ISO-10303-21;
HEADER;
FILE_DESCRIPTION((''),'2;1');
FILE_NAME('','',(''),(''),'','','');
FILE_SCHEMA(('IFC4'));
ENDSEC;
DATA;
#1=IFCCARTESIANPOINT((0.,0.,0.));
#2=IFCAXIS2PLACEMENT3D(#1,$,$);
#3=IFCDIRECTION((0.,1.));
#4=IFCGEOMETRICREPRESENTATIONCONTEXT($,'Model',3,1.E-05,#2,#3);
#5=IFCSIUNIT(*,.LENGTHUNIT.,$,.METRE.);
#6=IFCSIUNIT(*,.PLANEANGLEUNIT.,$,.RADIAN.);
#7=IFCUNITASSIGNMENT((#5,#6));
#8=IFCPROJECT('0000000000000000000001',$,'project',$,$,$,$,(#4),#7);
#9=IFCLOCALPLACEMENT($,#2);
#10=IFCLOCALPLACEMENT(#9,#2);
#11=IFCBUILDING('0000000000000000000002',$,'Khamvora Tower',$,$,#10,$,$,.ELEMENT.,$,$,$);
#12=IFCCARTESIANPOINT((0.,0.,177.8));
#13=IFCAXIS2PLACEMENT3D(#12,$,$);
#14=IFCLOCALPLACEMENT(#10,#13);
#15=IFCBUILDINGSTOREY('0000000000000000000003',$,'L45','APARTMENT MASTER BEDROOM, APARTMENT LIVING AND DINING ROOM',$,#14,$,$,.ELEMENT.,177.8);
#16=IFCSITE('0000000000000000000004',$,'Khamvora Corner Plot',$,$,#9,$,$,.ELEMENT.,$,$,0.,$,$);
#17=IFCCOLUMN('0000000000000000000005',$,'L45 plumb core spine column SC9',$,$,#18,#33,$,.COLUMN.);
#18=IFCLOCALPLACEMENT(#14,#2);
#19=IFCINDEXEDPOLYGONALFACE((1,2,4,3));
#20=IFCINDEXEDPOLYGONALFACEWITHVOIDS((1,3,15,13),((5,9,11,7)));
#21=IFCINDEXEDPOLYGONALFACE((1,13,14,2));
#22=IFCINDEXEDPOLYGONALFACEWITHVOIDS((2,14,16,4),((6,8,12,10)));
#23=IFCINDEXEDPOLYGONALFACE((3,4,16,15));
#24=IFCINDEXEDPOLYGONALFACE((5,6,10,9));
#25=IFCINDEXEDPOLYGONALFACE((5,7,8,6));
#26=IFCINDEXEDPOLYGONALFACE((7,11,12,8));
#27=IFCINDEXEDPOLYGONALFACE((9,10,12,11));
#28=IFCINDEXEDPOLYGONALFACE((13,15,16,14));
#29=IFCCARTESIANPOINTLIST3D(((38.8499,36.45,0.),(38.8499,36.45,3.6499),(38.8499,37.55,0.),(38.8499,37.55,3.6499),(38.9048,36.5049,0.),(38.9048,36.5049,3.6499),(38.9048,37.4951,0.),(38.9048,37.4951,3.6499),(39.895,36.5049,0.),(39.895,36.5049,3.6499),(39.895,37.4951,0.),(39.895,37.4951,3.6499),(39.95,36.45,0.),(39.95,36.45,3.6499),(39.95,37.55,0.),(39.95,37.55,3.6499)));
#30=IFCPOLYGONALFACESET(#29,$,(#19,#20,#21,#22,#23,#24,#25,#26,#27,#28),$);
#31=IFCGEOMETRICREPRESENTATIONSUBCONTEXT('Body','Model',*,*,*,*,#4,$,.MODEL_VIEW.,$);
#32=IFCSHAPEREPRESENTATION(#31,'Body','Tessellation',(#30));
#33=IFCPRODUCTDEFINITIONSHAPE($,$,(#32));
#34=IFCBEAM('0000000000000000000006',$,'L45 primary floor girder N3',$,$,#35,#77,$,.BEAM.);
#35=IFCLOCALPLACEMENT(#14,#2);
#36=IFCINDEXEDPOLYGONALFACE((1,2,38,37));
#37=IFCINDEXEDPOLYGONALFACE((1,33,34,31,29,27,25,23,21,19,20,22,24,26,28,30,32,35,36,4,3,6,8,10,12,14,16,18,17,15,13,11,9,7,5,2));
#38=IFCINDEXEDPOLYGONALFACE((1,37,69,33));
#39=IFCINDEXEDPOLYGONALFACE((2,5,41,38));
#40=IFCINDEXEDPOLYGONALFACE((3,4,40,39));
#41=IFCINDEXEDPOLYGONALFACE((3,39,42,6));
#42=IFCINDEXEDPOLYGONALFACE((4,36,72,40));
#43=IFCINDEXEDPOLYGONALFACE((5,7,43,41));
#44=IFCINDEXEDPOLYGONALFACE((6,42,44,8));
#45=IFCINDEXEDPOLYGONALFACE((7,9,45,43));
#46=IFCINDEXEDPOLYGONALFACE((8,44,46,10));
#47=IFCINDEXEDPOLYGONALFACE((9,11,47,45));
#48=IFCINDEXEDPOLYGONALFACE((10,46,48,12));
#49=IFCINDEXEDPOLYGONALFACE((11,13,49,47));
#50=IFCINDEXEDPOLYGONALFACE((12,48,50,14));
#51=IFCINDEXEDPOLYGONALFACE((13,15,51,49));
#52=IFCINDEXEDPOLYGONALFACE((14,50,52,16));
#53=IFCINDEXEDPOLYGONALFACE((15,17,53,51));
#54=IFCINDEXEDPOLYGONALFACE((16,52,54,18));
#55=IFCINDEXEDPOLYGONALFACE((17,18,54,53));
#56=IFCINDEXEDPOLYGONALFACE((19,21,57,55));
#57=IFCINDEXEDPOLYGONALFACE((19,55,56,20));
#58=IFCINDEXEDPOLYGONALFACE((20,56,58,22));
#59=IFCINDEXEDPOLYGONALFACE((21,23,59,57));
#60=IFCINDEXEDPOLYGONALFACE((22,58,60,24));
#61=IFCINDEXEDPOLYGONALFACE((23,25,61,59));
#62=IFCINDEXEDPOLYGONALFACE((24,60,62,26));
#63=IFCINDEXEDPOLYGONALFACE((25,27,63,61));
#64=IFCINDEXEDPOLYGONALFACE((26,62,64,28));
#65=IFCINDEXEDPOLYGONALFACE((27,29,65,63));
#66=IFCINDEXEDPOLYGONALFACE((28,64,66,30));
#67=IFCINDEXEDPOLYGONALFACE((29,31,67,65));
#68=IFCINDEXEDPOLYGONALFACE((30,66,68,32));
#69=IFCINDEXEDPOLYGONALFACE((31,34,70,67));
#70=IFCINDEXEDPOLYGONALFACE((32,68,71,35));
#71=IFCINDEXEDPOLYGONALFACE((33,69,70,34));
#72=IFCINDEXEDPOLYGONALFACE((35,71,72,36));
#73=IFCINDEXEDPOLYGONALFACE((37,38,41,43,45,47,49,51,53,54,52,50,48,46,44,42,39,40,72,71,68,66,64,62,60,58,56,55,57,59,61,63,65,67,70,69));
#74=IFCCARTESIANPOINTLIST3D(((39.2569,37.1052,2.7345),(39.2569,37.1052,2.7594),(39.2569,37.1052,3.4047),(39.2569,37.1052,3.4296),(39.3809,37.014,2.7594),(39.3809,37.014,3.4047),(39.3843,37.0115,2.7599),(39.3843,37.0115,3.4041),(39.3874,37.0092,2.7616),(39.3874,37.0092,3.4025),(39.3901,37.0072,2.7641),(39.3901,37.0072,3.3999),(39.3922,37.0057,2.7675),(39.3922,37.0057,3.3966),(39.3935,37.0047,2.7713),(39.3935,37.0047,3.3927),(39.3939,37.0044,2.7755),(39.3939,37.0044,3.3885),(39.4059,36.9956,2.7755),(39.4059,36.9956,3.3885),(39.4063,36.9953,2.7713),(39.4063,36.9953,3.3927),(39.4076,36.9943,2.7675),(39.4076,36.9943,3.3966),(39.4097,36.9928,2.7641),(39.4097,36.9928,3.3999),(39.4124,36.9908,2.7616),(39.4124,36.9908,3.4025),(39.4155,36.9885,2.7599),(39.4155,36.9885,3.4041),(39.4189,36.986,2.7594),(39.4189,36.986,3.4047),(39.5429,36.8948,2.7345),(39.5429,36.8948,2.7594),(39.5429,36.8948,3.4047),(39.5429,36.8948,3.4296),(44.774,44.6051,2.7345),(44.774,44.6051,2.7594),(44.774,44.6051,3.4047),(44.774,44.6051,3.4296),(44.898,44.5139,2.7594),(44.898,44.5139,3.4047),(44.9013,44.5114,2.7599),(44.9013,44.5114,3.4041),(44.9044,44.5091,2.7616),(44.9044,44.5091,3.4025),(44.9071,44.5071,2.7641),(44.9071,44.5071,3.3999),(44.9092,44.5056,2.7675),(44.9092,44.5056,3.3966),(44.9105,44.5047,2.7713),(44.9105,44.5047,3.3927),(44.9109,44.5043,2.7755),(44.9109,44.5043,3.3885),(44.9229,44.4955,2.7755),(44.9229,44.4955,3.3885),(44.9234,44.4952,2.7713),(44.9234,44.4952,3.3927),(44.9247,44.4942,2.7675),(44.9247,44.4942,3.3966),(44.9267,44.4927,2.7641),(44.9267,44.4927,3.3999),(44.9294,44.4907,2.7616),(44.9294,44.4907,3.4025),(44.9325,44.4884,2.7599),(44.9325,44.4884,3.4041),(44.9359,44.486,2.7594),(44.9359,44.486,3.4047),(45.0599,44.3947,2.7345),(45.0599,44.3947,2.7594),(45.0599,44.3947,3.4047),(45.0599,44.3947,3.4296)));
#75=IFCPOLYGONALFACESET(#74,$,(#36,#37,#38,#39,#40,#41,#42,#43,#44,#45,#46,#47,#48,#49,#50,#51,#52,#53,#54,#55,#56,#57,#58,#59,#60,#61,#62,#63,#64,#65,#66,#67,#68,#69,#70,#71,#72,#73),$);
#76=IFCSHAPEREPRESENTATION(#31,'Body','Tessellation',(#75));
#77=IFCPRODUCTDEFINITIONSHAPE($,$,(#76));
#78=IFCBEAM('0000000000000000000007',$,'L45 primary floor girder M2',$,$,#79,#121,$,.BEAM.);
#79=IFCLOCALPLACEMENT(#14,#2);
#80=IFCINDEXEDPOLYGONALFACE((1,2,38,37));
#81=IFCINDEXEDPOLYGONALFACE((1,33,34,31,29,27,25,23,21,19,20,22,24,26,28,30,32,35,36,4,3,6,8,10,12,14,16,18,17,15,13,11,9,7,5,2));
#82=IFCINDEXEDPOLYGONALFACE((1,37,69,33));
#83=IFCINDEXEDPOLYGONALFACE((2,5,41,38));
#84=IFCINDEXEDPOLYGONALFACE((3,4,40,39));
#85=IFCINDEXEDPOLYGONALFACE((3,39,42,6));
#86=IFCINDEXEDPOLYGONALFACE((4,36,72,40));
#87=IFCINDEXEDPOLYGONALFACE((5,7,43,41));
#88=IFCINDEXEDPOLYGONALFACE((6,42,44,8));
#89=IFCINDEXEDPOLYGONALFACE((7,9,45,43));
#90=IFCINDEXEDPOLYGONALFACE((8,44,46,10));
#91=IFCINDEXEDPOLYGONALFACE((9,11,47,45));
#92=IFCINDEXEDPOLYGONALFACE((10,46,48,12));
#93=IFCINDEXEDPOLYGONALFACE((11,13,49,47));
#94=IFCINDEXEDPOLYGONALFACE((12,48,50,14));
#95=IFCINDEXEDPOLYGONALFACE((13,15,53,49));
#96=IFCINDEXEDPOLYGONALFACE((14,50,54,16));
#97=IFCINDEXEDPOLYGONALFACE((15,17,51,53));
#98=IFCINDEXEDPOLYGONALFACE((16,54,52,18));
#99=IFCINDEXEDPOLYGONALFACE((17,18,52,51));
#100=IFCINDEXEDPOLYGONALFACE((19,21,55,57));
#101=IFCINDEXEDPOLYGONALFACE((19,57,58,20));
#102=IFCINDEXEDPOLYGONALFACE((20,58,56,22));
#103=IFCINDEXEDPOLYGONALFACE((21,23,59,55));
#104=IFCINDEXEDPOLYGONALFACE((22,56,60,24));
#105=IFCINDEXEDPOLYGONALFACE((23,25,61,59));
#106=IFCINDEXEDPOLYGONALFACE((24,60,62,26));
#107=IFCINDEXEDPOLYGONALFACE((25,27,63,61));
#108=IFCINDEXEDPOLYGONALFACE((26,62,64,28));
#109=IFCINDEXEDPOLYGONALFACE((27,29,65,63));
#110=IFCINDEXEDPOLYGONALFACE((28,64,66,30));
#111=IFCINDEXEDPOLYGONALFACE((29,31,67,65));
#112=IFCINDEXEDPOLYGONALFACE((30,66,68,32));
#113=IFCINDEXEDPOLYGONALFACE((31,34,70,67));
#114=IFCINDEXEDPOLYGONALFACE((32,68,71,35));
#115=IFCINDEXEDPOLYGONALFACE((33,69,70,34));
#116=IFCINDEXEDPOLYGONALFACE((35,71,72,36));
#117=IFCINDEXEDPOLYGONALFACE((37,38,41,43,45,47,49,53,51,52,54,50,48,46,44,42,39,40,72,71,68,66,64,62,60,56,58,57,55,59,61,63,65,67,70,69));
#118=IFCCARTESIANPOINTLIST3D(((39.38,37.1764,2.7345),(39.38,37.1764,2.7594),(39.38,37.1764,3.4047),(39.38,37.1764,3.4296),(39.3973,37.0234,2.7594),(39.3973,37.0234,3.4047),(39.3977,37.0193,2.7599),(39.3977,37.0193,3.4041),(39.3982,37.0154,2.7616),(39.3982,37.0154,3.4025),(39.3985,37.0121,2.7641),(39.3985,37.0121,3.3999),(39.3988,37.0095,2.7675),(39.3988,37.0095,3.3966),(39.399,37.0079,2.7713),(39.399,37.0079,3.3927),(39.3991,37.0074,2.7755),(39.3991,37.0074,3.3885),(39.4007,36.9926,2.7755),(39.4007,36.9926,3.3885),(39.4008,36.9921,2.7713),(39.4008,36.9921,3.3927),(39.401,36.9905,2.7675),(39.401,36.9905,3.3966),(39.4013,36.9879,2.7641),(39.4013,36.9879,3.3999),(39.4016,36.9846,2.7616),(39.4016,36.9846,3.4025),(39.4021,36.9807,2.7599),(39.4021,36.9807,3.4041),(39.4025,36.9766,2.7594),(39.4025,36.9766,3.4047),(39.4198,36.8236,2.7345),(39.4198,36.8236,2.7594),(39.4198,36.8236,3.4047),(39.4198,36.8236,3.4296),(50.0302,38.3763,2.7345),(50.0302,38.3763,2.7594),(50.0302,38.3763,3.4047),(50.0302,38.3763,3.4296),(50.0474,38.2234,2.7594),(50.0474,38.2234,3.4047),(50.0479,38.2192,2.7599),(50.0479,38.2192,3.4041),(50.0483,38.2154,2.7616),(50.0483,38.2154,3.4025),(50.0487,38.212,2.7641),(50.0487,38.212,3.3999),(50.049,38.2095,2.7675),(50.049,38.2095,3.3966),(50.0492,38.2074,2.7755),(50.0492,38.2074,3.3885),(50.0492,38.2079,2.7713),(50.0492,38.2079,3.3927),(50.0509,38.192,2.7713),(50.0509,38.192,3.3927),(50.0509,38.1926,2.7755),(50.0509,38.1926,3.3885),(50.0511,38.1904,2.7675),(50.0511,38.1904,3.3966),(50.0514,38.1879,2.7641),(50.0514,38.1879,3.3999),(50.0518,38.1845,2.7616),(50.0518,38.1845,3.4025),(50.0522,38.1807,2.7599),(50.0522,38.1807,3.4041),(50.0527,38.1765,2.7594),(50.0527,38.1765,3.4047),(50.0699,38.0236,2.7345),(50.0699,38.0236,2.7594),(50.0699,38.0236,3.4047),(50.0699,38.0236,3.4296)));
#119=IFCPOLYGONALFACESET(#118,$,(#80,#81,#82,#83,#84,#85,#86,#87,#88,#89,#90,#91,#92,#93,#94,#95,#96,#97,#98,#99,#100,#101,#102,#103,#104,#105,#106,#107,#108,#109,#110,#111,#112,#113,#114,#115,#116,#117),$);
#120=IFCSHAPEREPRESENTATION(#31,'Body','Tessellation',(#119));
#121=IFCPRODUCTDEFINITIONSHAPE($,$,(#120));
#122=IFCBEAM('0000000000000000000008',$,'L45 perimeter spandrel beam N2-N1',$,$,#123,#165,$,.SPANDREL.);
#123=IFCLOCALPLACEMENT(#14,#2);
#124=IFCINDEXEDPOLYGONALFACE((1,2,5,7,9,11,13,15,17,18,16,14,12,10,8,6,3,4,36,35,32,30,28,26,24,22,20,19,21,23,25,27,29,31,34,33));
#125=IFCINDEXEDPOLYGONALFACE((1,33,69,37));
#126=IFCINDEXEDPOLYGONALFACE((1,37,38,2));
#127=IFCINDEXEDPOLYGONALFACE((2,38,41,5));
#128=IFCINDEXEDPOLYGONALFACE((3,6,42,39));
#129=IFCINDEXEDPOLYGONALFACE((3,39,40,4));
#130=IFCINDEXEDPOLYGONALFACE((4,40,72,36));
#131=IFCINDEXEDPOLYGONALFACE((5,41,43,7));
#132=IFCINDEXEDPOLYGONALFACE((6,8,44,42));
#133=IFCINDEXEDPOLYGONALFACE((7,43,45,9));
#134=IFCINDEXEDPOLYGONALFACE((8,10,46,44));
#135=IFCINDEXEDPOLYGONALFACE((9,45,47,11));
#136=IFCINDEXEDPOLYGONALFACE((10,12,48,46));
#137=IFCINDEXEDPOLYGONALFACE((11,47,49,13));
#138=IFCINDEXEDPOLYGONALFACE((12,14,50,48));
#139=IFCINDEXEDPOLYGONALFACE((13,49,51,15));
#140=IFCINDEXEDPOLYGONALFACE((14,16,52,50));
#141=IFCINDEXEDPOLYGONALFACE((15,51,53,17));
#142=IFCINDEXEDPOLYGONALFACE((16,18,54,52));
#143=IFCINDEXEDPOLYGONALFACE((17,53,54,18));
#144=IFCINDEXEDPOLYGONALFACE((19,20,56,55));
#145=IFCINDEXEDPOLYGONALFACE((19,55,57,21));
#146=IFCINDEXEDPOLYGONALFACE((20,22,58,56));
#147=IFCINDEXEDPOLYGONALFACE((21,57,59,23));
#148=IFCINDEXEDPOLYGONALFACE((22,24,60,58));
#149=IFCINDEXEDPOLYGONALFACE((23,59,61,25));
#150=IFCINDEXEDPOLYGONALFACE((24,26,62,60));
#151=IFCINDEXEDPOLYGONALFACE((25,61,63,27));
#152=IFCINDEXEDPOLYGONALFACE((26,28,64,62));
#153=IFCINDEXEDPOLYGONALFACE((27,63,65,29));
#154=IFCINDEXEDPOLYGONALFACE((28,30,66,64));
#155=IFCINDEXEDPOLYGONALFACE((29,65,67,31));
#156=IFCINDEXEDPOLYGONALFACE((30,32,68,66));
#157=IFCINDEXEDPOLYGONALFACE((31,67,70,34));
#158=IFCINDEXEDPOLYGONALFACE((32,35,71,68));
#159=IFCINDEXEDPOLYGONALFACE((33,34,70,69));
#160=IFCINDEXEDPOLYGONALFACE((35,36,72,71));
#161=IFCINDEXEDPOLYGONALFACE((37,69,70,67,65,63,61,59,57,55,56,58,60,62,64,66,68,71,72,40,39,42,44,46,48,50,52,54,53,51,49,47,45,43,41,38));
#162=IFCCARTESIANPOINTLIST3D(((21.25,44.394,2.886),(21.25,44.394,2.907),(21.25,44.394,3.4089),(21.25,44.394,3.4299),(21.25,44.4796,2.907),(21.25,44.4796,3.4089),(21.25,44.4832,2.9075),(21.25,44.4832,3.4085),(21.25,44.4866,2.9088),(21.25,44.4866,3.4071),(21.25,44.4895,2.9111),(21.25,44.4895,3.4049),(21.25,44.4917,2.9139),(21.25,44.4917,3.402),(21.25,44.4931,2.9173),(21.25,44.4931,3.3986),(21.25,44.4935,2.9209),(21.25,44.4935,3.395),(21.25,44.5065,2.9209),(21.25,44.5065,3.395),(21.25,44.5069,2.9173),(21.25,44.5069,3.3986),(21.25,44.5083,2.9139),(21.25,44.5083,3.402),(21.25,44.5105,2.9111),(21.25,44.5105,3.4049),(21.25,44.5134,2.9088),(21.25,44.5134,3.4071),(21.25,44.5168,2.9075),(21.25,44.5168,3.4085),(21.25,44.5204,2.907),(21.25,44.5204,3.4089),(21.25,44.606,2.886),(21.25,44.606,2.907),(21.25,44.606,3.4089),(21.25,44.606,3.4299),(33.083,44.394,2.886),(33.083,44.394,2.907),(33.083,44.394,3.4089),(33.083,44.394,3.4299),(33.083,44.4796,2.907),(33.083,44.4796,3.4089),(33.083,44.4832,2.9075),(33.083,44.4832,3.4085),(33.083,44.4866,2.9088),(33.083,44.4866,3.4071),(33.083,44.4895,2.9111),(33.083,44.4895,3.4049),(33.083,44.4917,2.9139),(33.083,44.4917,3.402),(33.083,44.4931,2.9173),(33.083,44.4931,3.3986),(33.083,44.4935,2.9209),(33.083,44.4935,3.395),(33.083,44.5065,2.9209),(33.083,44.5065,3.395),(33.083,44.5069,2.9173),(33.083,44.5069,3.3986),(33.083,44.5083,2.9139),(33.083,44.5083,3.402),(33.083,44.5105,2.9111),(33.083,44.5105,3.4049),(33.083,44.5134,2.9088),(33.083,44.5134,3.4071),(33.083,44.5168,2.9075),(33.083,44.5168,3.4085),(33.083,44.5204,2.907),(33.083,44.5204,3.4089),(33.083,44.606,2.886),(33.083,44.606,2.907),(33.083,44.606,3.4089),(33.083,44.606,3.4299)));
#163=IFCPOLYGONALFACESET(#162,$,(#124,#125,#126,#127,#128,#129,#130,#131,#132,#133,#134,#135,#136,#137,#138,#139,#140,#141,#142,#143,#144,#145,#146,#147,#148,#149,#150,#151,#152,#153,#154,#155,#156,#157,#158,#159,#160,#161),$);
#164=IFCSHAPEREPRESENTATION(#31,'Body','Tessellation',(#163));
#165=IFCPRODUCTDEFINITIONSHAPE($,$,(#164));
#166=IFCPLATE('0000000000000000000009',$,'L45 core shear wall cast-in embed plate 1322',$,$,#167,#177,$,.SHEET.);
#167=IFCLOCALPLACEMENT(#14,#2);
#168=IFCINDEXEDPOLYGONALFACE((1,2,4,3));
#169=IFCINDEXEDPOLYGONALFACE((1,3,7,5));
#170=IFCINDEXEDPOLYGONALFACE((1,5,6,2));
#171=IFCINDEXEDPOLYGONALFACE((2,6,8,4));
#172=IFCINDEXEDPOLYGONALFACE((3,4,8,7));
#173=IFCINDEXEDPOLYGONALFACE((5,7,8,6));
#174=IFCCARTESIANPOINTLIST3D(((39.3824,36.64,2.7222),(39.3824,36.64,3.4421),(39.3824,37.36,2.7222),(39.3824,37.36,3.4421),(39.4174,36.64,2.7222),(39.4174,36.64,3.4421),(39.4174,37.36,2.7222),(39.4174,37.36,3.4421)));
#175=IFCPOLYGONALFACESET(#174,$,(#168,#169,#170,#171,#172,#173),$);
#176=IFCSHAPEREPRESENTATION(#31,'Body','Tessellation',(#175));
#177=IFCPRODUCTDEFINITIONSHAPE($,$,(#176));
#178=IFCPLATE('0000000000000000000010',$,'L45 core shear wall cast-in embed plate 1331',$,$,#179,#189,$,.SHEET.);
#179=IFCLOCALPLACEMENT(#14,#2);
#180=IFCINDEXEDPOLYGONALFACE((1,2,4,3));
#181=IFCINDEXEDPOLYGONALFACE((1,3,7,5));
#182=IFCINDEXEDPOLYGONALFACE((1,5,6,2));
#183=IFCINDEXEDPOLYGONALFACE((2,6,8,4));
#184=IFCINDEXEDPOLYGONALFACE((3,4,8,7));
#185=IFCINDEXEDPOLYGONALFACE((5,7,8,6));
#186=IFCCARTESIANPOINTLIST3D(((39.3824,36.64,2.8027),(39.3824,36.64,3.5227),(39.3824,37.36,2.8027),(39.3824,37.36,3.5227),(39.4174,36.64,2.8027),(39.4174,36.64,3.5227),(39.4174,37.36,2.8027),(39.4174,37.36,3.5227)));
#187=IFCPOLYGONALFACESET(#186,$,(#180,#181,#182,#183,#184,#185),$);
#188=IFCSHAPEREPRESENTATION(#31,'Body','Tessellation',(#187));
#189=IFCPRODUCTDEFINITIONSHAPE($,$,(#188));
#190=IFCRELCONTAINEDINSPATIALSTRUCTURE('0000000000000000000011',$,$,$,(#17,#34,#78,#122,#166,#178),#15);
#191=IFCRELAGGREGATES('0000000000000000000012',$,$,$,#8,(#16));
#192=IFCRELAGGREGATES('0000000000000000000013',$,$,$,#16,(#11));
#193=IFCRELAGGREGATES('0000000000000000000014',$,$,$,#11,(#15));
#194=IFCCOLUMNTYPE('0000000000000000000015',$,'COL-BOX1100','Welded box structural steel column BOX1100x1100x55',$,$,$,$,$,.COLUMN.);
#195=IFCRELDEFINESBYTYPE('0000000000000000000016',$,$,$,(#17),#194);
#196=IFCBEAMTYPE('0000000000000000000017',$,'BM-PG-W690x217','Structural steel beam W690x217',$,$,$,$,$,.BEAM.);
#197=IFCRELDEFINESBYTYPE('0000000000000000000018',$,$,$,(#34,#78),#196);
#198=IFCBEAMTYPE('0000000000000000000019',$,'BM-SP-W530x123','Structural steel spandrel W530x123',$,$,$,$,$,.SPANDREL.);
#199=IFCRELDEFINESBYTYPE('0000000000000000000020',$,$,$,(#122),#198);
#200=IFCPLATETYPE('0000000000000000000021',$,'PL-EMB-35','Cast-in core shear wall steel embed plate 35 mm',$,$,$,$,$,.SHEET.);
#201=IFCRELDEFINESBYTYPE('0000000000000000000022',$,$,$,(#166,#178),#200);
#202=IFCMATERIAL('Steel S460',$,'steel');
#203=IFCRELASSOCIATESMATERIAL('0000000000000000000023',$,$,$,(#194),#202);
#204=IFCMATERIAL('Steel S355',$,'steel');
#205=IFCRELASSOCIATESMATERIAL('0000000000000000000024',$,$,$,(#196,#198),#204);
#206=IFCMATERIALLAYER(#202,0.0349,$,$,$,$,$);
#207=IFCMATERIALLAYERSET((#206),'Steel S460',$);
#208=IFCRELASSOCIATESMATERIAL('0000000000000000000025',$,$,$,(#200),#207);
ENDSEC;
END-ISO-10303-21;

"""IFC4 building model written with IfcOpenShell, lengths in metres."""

from ifc_helpers import new_model, si_unit, direction, frame, origin, origin_2d, place, context, subcontext, project, spatial, rectangle, hollow_rectangle, i_section, extrude, material, layer, layer_set, material_profile, profile_set, type_object, element, save


model = new_model("IFC4")

# Units and contexts
model_context = context("Model", 3, precision=1e-05, world=origin(), true_north=direction((0.0, 1.0)))
body_context = subcontext(model_context, "Body", "Model", "MODEL_VIEW")
ifc_project = project(units=[si_unit("LENGTHUNIT", "METRE"), si_unit("PLANEANGLEUNIT", "RADIAN")], contexts=[model_context])

# Site, building, storey
site_placement = place(None, origin())
site = spatial("IfcSite", under=ifc_project, at=site_placement, Name="Khamvora Corner Plot", CompositionType="ELEMENT", RefElevation=0.0)
building_placement = place(site_placement, origin())
building = spatial("IfcBuilding", under=site, at=building_placement, Name="Khamvora Tower", CompositionType="ELEMENT")
storey_placement = place(building_placement, frame((0.0, 0.0, 177.8)))
storey = spatial("IfcBuildingStorey", under=building, at=storey_placement, Name="L45", Description="APARTMENT MASTER BEDROOM, APARTMENT LIVING AND DINING ROOM", CompositionType="ELEMENT", Elevation=177.8)

# Column
ifc_material_1 = material(Name="Steel S460", Category="steel")
ifc_material_profile_1 = material_profile(ifc_material_1, hollow_rectangle(XDim=1.1001, YDim=1.1001, WallThickness=0.0549, at=origin_2d()), Name="BOX1100x1100x55")
ifc_profile_set_1 = profile_set([ifc_material_profile_1], Name="Steel S460")
column_type = type_object("IfcColumnType", Name="COL-BOX1100", Description="Welded box structural steel column BOX1100x1100x55", PredefinedType="COLUMN", material=ifc_profile_set_1)
column_placement = place(storey_placement, frame((39.3999, 37.0, 0.0), z_axis=(0.0, 0.0, 1.0), x_axis=(1.0, 0.0, 0.0)))
element("IfcColumn", 1, at=column_placement, inside=storey, type_object=column_type, Name="L45 plumb core spine column SC9", PredefinedType="COLUMN", context=body_context, shape_type="SweptSolid", body=[
    extrude(hollow_rectangle(XDim=1.1001, YDim=1.1001, WallThickness=0.0549, at=origin_2d()), origin(), (0.0, 0.0, 1.0), 3.6499),
])

# Beams
ifc_material_2 = material(Name="Steel S355", Category="steel")
ifc_material_profile_2 = material_profile(ifc_material_2, i_section(OverallWidth=0.355, OverallDepth=0.6951, WebThickness=0.0149, FlangeThickness=0.0249, FilletRadius=0.0161, at=origin_2d()), Name="W690x217")
ifc_profile_set_2 = profile_set([ifc_material_profile_2], Name="Steel S355")
beam_type_1 = type_object("IfcBeamType", Name="BM-PG-W690x217", Description="Structural steel beam W690x217", PredefinedType="BEAM", material=ifc_profile_set_2)
beam_1_placement = place(storey_placement, frame((39.3999, 37.0, 3.082), z_axis=(0.592557, 0.805529, 0.0), x_axis=(-0.805529, 0.592557, 0.0)))
element("IfcBeam", 2, at=beam_1_placement, inside=storey, type_object=beam_type_1, Name="L45 primary floor girder N3", PredefinedType="BEAM", context=body_context, shape_type="SweptSolid", body=[
    extrude(i_section(OverallWidth=0.355, OverallDepth=0.6951, WebThickness=0.0149, FlangeThickness=0.0249, FilletRadius=0.0161, at=origin_2d()), origin(), (0.0, 0.0, 1.0), 9.3105),
])
beam_2_placement = place(storey_placement, frame((39.3999, 37.0, 3.082), z_axis=(0.993713, 0.111962, 0.0), x_axis=(-0.111962, 0.993713, 0.0)))
element("IfcBeam", 3, at=beam_2_placement, inside=storey, type_object=beam_type_1, Name="L45 primary floor girder M2", PredefinedType="BEAM", context=body_context, shape_type="SweptSolid", body=[
    extrude(i_section(OverallWidth=0.355, OverallDepth=0.6951, WebThickness=0.0149, FlangeThickness=0.0249, FilletRadius=0.0161, at=origin_2d()), origin(), (0.0, 0.0, 1.0), 10.7175),
])
ifc_material_profile_3 = material_profile(ifc_material_2, i_section(OverallWidth=0.2119, OverallDepth=0.5439, WebThickness=0.0129, FlangeThickness=0.021, FilletRadius=0.0139, at=origin_2d()), Name="W530x123")
ifc_profile_set_3 = profile_set([ifc_material_profile_3], Name="Steel S355")
beam_type_2 = type_object("IfcBeamType", Name="BM-SP-W530x123", Description="Structural steel spandrel W530x123", PredefinedType="SPANDREL", material=ifc_profile_set_3)
beam_3_placement = place(storey_placement, frame((33.083, 44.5, 3.158), z_axis=(-1.0, 0.0, 0.0), x_axis=(0.0, -1.0, 0.0)))
element("IfcBeam", 4, at=beam_3_placement, inside=storey, type_object=beam_type_2, Name="L45 perimeter spandrel beam N2-N1", PredefinedType="SPANDREL", context=body_context, shape_type="SweptSolid", body=[
    extrude(i_section(OverallWidth=0.2119, OverallDepth=0.5439, WebThickness=0.0129, FlangeThickness=0.021, FilletRadius=0.0139, at=origin_2d()), origin(), (0.0, 0.0, 1.0), 11.833),
])

# Plates
ifc_layer_1 = layer(ifc_material_1, 0.0349)
ifc_layer_set_1 = layer_set([ifc_layer_1], Name="Steel S460")
plate_type = type_object("IfcPlateType", Name="PL-EMB-35", Description="Cast-in core shear wall steel embed plate 35 mm", PredefinedType="SHEET", material=ifc_layer_set_1)
for number, where, z_axis, x_axis, name in (
    (5, (39.3999, 37.0, 2.7222), (0.0, 0.0, 1.0), (1.0, 0.0, 0.0), "L45 core shear wall cast-in embed plate 1322"),
    (6, (39.3999, 37.0, 2.8027), (0.0, 0.0, 1.0), (1.0, 0.0, 0.0), "L45 core shear wall cast-in embed plate 1331"),
):
    element("IfcPlate", number, at=place(storey_placement, frame(where, z_axis=z_axis, x_axis=x_axis)), inside=storey, type_object=plate_type, Name=name, PredefinedType="SHEET", context=body_context, shape_type="SweptSolid", body=[
        extrude(rectangle(XDim=0.0349, YDim=0.72, at=origin_2d()), origin(), (0.0, 0.0, 1.0), 0.72),
    ])

save(model, "model.ifc")
